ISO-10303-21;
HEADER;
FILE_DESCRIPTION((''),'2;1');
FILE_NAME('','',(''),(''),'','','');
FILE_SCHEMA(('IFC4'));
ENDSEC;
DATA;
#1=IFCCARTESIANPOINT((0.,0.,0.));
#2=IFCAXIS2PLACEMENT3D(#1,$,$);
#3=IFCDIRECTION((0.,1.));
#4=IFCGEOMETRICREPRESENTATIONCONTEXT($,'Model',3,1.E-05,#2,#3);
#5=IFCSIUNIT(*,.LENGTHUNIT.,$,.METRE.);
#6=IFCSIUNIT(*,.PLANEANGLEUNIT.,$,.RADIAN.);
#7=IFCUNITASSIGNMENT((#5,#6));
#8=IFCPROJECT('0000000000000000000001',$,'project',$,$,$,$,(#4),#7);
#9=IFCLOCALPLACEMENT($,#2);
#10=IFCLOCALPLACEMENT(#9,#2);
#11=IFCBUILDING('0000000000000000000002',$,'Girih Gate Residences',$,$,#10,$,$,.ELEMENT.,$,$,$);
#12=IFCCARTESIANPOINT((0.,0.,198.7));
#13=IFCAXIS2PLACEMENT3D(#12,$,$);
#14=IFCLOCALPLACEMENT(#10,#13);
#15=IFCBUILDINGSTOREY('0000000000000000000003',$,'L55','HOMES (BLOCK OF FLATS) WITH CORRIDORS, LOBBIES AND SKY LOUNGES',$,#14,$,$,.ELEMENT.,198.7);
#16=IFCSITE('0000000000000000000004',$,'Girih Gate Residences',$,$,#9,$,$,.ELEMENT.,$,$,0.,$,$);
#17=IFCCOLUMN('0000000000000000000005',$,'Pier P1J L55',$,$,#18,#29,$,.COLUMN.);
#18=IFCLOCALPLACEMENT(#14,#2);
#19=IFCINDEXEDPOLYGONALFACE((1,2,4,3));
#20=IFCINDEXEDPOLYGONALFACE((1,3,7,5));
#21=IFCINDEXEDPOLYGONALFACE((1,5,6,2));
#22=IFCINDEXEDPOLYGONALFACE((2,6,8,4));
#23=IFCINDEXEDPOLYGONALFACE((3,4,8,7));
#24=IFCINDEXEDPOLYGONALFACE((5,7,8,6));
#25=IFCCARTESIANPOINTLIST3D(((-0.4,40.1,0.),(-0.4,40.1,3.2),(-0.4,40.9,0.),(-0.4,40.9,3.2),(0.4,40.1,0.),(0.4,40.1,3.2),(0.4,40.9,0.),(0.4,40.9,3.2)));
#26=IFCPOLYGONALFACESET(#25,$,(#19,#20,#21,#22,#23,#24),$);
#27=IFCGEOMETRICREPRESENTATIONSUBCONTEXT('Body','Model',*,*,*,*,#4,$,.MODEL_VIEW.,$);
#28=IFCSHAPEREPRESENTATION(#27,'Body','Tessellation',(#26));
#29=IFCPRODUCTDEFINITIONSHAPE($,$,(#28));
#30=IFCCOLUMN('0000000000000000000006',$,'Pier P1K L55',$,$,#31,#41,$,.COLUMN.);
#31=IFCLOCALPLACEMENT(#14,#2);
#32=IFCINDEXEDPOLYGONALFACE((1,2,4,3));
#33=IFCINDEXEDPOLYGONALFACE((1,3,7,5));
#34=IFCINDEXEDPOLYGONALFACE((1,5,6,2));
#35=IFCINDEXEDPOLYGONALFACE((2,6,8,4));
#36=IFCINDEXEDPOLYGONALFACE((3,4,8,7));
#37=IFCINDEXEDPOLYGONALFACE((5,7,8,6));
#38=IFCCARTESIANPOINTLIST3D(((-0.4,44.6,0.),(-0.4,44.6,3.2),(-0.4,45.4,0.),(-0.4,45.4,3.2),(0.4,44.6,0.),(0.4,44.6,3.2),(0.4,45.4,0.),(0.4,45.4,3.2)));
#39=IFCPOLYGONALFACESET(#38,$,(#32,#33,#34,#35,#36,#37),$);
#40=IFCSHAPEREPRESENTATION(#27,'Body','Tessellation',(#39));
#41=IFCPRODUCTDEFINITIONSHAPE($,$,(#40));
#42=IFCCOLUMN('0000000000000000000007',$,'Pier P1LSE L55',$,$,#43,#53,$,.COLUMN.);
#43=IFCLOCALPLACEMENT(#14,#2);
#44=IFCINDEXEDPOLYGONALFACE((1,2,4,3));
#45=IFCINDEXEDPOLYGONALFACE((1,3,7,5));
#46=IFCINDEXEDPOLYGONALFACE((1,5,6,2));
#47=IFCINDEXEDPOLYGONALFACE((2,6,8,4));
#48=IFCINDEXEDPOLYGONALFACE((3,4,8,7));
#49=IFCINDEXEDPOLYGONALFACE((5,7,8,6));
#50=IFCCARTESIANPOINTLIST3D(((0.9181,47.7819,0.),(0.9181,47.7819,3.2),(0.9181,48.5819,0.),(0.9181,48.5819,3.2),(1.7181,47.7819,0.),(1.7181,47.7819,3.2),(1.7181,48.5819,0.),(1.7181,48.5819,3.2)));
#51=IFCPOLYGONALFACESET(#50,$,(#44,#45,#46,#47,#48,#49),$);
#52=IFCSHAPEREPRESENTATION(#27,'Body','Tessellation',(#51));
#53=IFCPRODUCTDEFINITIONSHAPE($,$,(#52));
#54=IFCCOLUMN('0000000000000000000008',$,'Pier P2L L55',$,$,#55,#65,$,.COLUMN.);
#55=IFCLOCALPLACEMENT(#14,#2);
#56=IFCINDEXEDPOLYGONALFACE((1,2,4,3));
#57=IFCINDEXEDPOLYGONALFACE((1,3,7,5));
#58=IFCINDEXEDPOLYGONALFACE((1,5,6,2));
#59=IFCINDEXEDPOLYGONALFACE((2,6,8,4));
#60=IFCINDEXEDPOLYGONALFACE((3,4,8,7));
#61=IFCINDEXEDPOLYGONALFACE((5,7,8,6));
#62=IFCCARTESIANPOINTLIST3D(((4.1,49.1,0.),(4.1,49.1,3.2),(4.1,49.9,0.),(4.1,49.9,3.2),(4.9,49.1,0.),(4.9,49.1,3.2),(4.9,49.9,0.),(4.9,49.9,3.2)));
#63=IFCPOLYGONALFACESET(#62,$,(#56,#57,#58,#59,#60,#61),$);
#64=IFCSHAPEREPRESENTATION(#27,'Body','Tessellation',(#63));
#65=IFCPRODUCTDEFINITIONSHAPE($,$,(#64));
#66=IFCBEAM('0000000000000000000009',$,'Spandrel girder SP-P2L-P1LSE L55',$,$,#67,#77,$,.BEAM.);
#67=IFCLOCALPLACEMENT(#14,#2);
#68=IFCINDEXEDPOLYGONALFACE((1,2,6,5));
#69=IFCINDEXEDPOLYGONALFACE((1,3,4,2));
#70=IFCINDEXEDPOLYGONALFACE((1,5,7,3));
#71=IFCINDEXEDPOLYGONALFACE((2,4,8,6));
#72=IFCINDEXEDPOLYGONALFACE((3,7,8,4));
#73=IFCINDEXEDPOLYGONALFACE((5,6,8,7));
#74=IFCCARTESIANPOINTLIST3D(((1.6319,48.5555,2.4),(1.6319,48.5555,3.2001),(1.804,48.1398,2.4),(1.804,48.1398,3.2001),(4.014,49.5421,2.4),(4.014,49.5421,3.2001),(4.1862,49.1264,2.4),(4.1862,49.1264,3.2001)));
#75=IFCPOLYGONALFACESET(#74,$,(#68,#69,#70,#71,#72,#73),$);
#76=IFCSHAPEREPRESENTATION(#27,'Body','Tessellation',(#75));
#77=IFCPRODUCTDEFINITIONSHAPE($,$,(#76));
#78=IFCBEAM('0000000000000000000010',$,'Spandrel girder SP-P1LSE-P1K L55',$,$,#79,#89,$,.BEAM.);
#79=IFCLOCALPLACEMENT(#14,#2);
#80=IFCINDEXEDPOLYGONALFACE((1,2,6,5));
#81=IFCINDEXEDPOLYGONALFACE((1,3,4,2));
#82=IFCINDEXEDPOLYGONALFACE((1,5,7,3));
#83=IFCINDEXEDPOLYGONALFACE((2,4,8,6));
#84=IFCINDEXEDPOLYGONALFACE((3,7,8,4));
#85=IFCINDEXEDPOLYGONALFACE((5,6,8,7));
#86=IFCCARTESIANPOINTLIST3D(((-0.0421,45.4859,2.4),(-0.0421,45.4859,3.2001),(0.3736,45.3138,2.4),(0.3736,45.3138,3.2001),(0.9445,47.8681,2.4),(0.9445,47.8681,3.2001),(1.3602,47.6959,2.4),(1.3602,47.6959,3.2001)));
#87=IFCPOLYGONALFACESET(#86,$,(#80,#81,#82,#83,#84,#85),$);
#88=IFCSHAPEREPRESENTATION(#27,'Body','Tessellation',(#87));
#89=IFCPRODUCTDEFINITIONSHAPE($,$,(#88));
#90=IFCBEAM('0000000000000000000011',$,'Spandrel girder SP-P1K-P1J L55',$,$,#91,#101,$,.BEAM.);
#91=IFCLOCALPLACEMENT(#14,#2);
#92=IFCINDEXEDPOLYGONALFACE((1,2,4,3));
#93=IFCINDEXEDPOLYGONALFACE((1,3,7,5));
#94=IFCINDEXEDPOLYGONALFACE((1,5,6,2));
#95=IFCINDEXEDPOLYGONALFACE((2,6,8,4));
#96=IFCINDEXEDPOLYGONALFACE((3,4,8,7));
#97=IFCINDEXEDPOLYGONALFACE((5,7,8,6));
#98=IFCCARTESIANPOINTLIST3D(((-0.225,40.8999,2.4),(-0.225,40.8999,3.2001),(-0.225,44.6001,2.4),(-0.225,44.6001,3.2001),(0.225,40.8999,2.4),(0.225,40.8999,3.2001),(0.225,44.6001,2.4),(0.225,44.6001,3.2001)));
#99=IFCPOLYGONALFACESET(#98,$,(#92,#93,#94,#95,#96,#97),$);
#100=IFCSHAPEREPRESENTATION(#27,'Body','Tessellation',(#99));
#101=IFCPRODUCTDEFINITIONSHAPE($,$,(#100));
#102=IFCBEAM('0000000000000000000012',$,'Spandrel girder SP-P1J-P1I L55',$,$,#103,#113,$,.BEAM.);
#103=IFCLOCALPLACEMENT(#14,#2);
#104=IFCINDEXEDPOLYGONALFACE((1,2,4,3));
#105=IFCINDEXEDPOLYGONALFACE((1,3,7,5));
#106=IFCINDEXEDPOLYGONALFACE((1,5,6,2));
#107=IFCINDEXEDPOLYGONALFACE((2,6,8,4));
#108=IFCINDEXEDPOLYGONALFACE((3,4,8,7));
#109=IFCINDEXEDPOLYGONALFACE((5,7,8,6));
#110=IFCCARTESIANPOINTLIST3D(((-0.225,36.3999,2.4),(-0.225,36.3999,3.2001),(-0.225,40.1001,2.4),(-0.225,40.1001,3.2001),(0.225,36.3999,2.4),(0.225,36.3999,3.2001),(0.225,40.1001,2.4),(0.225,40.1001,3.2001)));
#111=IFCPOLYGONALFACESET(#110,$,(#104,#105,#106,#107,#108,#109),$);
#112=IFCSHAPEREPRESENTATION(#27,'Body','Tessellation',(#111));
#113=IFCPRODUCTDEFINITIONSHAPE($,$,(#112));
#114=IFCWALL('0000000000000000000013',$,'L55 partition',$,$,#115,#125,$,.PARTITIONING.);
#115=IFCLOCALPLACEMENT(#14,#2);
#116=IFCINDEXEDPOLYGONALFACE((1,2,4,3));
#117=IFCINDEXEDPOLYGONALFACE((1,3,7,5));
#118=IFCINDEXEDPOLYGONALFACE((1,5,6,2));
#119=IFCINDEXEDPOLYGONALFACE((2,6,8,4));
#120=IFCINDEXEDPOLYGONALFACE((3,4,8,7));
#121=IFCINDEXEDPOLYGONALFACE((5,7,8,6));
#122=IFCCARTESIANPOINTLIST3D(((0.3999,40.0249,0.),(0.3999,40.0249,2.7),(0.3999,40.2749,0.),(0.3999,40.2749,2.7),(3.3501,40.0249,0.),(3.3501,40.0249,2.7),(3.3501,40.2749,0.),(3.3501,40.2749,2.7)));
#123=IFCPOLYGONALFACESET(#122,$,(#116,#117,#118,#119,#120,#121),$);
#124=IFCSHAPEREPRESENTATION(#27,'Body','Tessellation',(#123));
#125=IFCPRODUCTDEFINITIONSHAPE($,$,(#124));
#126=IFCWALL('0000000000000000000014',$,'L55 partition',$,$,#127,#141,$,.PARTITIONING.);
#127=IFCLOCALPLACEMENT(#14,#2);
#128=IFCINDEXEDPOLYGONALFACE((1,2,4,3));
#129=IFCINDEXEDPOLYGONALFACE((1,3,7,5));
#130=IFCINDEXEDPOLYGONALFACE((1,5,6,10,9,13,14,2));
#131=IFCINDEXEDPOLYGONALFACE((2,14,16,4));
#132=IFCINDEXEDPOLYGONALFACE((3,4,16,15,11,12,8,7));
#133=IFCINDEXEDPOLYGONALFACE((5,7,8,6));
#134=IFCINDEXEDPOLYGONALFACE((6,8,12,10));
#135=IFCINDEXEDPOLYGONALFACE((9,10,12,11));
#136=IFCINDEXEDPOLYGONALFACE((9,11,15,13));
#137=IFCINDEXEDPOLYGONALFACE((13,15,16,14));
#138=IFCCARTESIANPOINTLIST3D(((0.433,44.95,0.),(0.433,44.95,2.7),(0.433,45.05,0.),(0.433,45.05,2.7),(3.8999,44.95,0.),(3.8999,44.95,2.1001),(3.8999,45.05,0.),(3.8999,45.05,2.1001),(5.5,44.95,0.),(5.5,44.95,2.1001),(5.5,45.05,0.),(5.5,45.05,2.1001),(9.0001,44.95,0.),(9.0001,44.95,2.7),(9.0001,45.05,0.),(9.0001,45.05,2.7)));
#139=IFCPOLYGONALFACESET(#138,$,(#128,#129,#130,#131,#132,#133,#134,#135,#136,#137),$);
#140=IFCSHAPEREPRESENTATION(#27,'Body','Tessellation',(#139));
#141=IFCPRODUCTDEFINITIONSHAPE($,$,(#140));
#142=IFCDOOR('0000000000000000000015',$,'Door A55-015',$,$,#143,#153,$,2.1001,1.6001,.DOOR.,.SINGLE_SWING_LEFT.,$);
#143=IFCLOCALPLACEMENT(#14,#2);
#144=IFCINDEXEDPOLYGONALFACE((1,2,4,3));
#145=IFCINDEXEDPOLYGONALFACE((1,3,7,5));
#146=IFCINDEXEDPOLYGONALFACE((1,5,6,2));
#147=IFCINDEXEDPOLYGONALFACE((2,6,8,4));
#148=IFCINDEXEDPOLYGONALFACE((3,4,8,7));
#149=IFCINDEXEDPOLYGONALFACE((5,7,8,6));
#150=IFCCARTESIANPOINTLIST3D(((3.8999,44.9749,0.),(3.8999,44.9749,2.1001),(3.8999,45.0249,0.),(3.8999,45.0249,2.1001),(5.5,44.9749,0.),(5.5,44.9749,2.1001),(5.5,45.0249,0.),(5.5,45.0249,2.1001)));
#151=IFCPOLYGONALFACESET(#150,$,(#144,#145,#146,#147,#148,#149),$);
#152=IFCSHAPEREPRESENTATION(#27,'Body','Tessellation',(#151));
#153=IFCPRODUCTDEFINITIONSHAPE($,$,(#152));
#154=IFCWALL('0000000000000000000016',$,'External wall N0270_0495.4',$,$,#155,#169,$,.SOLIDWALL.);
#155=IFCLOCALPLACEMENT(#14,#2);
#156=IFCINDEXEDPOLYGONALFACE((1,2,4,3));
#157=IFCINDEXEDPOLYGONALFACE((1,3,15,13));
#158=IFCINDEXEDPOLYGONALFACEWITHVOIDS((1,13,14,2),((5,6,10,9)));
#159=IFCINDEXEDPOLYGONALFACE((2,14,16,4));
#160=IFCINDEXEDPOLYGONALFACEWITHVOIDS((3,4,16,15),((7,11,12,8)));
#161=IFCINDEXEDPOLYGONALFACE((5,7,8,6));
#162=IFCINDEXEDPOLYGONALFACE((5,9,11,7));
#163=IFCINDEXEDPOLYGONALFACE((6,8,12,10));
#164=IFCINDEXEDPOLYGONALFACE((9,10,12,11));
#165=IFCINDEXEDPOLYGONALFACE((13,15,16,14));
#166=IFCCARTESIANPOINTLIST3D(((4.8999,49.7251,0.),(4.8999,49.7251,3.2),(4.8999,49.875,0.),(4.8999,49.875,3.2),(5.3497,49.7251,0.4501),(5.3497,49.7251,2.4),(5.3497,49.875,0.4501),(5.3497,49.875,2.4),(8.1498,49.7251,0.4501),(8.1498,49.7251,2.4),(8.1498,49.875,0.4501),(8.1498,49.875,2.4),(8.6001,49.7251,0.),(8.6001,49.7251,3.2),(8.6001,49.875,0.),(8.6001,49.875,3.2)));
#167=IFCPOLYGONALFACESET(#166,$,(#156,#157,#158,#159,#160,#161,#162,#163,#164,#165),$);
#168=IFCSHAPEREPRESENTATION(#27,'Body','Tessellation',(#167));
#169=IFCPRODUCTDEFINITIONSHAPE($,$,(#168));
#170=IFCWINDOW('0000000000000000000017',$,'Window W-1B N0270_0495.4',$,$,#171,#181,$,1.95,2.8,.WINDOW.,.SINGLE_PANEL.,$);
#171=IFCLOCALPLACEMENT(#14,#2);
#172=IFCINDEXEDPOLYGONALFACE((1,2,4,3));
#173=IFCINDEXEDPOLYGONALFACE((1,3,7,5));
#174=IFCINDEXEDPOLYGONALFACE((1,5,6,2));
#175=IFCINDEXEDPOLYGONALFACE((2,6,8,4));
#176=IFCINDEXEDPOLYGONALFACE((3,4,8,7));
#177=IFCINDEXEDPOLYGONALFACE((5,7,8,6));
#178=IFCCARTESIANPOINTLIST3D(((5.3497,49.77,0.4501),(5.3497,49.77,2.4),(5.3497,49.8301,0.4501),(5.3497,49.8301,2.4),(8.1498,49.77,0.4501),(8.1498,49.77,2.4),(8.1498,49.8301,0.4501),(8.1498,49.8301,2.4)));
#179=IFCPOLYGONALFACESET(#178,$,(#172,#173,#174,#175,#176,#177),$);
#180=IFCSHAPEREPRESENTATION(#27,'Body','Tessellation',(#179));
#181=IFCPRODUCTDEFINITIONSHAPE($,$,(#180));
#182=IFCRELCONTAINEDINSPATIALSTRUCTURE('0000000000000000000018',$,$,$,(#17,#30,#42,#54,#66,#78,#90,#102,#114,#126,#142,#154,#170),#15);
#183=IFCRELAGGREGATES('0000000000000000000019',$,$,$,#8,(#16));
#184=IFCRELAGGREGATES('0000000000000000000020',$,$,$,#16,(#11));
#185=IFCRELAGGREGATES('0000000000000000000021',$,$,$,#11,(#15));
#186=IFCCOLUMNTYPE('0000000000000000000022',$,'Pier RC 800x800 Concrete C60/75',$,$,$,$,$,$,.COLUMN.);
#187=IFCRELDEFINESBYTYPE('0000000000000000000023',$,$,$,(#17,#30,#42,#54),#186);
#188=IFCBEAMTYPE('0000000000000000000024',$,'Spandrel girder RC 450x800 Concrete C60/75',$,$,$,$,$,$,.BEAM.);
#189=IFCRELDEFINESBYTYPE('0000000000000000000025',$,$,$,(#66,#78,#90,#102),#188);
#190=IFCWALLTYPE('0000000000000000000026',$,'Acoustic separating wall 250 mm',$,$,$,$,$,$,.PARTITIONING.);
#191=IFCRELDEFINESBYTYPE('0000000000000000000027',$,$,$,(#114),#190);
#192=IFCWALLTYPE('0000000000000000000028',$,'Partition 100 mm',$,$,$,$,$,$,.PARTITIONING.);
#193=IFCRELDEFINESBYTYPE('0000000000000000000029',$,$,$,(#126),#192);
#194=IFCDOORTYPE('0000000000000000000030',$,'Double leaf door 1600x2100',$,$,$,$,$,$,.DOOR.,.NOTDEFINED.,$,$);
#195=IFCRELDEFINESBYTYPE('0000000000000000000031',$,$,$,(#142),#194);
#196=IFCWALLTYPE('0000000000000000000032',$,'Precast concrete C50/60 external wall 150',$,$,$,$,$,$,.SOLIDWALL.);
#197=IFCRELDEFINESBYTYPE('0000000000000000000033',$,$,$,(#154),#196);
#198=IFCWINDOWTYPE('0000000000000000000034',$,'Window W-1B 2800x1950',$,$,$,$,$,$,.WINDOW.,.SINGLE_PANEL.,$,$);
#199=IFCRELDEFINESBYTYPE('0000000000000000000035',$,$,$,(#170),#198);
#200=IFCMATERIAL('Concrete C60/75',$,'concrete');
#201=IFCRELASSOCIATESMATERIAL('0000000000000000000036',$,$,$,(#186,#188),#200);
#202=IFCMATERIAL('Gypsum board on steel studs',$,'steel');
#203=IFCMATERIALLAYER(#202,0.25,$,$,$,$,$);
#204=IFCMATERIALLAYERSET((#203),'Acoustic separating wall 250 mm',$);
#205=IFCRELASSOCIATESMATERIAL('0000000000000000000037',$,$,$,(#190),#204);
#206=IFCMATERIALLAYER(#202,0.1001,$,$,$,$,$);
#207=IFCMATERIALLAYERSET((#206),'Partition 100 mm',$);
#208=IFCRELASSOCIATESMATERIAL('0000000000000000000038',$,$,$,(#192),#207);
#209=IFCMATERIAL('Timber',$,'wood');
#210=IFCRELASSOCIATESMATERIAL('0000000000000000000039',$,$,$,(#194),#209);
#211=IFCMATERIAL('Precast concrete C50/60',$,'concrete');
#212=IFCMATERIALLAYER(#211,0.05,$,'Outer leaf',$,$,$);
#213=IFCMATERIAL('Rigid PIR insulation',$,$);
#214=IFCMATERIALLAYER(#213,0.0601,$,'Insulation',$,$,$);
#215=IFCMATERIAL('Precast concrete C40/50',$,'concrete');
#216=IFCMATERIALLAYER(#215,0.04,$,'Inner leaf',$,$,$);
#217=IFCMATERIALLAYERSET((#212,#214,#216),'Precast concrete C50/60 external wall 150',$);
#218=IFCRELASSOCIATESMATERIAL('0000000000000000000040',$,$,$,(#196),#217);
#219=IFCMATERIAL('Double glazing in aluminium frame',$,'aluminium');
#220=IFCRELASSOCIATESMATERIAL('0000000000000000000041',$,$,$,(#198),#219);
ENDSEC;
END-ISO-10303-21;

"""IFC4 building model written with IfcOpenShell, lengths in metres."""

from ifc_helpers import new_model, si_unit, direction, frame, frame_2d, origin, origin_2d, place, context, subcontext, project, spatial, rectangle, extrude, material, layer, layer_set, material_profile, profile_set, type_object, element, fill, save


model = new_model("IFC4")

# Units and contexts
model_context = context("Model", 3, precision=1e-05, world=origin(), true_north=direction((0.0, 1.0)))
body_context = subcontext(model_context, "Body", "Model", "MODEL_VIEW")
ifc_project = project(units=[si_unit("LENGTHUNIT", "METRE"), si_unit("PLANEANGLEUNIT", "RADIAN")], contexts=[model_context])

# Site, building, storey
site_placement = place(None, origin())
site = spatial("IfcSite", under=ifc_project, at=site_placement, Name="Girih Gate Residences", CompositionType="ELEMENT", RefElevation=0.0)
building_placement = place(site_placement, origin())
building = spatial("IfcBuilding", under=site, at=building_placement, Name="Girih Gate Residences", CompositionType="ELEMENT")
storey_placement = place(building_placement, frame((0.0, 0.0, 198.7)))
storey = spatial("IfcBuildingStorey", under=building, at=storey_placement, Name="L55", Description="HOMES (BLOCK OF FLATS) WITH CORRIDORS, LOBBIES AND SKY LOUNGES", CompositionType="ELEMENT", Elevation=198.7)

# Columns
ifc_material_1 = material(Name="Concrete C60/75", Category="concrete")
ifc_material_profile_1 = material_profile(ifc_material_1, rectangle(XDim=0.8, YDim=0.8, at=origin_2d()))
ifc_profile_set_1 = profile_set([ifc_material_profile_1], Name="Concrete C60/75")
column_type = type_object("IfcColumnType", Name="Pier RC 800x800 Concrete C60/75", PredefinedType="COLUMN", material=ifc_profile_set_1)
for number, where, z_axis, x_axis, name in (
    (1, (0.0, 40.5, 0.0), (0.0, 0.0, 1.0), (1.0, 0.0, 0.0), "Pier P1J L55"),
    (2, (0.0, 45.0, 0.0), (0.0, 0.0, 1.0), (1.0, 0.0, 0.0), "Pier P1K L55"),
    (3, (1.3181, 48.1819, 0.0), (0.0, 0.0, 1.0), (1.0, 0.0, 0.0), "Pier P1LSE L55"),
    (4, (4.5, 49.5, 0.0), (0.0, 0.0, 1.0), (1.0, 0.0, 0.0), "Pier P2L L55"),
):
    element("IfcColumn", number, at=place(storey_placement, frame(where, z_axis=z_axis, x_axis=x_axis)), inside=storey, type_object=column_type, Name=name, PredefinedType="COLUMN", context=body_context, shape_type="SweptSolid", body=[
        extrude(rectangle(XDim=0.8, YDim=0.8, at=origin_2d()), origin(), (0.0, 0.0, 1.0), 3.2),
    ])

# Beams
ifc_material_profile_2 = material_profile(ifc_material_1, rectangle(XDim=0.45, YDim=0.8, at=origin_2d()))
ifc_profile_set_2 = profile_set([ifc_material_profile_2], Name="Concrete C60/75")
beam_type = type_object("IfcBeamType", Name="Spandrel girder RC 450x800 Concrete C60/75", PredefinedType="BEAM", material=ifc_profile_set_2)
for number, where, z_axis, x_axis, name in (
    (5, (4.1001, 49.3342, 2.8), (-0.923896, -0.382644, 0.0), (0.382644, -0.923896, 0.0), "Spandrel girder SP-P2L-P1LSE L55"),
    (6, (1.1523, 47.782, 2.8), (-0.382644, -0.923896, 0.0), (0.923896, -0.382644, 0.0), "Spandrel girder SP-P1LSE-P1K L55"),
):
    element("IfcBeam", number, at=place(storey_placement, frame(where, z_axis=z_axis, x_axis=x_axis)), inside=storey, type_object=beam_type, Name=name, PredefinedType="BEAM", context=body_context, shape_type="SweptSolid", body=[
        extrude(rectangle(XDim=0.45, YDim=0.8, at=origin_2d()), origin(), (0.0, 0.0, 1.0), 2.5784),
    ])
for number, where, z_axis, x_axis, name in (
    (7, (0.0, 44.6001, 2.8), (0.0, -1.0, 0.0), (1.0, 0.0, 0.0), "Spandrel girder SP-P1K-P1J L55"),
    (8, (0.0, 40.1001, 2.8), (0.0, -1.0, 0.0), (1.0, 0.0, 0.0), "Spandrel girder SP-P1J-P1I L55"),
):
    element("IfcBeam", number, at=place(storey_placement, frame(where, z_axis=z_axis, x_axis=x_axis)), inside=storey, type_object=beam_type, Name=name, PredefinedType="BEAM", context=body_context, shape_type="SweptSolid", body=[
        extrude(rectangle(XDim=0.45, YDim=0.8, at=origin_2d()), origin(), (0.0, 0.0, 1.0), 3.7002),
    ])

# Wall
ifc_material_2 = material(Name="Gypsum board on steel studs", Category="steel")
ifc_layer_1 = layer(ifc_material_2, 0.25)
ifc_layer_set_1 = layer_set([ifc_layer_1], Name="Acoustic separating wall 250 mm")
wall_type_1 = type_object("IfcWallType", Name="Acoustic separating wall 250 mm", PredefinedType="PARTITIONING", material=ifc_layer_set_1)
wall_1_placement = place(storey_placement, frame((0.3999, 40.1499, 0.0), z_axis=(0.0, 0.0, 1.0), x_axis=(1.0, 0.0, 0.0)))
element("IfcWall", 9, at=wall_1_placement, inside=storey, type_object=wall_type_1, Name="L55 partition", PredefinedType="PARTITIONING", context=body_context, shape_type="SweptSolid", body=[
    extrude(rectangle(XDim=2.9502, YDim=0.25, at=frame_2d((1.4751, 0.0))), origin(), (0.0, 0.0, 1.0), 2.7),
])

# Wall, opening, door
ifc_layer_2 = layer(ifc_material_2, 0.1001)
ifc_layer_set_2 = layer_set([ifc_layer_2], Name="Partition 100 mm")
wall_type_2 = type_object("IfcWallType", Name="Partition 100 mm", PredefinedType="PARTITIONING", material=ifc_layer_set_2)
wall_2_placement = place(storey_placement, frame((0.4329, 45.0, 0.0), z_axis=(0.0, 0.0, 1.0), x_axis=(1.0, 0.0, 0.0)))
wall_2 = element("IfcWall", 10, at=wall_2_placement, inside=storey, type_object=wall_type_2, Name="L55 partition", PredefinedType="PARTITIONING", context=body_context, shape_type="SweptSolid", body=[
    extrude(rectangle(XDim=8.5671, YDim=0.1001, at=frame_2d((4.2837, 0.0))), origin(), (0.0, 0.0, 1.0), 2.7),
])
opening_1_placement = place(wall_2_placement, frame((3.467, 0.0, 0.0)))
opening_1 = element("IfcOpeningElement", 11, at=opening_1_placement, cuts=wall_2, PredefinedType="OPENING", context=body_context, shape_type="SweptSolid", body=[
    extrude(rectangle(XDim=1.6001, YDim=2.1001, at=frame_2d((0.8, 1.05))), frame((0.0, 0.0601, 0.0), z_axis=(0.0, -1.0, 0.0), x_axis=(1.0, 0.0, 0.0)), (0.0, 0.0, 1.0), 0.1201),
])
ifc_material_3 = material(Name="Timber", Category="wood")
door_type_1 = type_object("IfcDoorType", Name="Double leaf door 1600x2100", OperationType="NOTDEFINED", PredefinedType="DOOR", material=ifc_material_3)
door_1_placement = place(opening_1_placement, origin())
door_1 = element("IfcDoor", 12, at=door_1_placement, inside=storey, type_object=door_type_1, Name="Door A55-015", OperationType="SINGLE_SWING_LEFT", OverallHeight=2.1001, OverallWidth=1.6001, PredefinedType="DOOR", context=body_context, shape_type="SweptSolid", body=[
    extrude(rectangle(XDim=1.6001, YDim=2.1001, at=frame_2d((0.8, 1.05))), frame((0.0, 0.0249, 0.0), z_axis=(0.0, -1.0, 0.0), x_axis=(1.0, 0.0, 0.0)), (0.0, 0.0, 1.0), 0.05),
])
fill(opening_1, door_1)

# Wall, opening, window
ifc_material_4 = material(Name="Precast concrete C50/60", Category="concrete")
ifc_layer_3 = layer(ifc_material_4, 0.05, Name="Outer leaf")
ifc_material_5 = material(Name="Rigid PIR insulation")
ifc_layer_4 = layer(ifc_material_5, 0.0601, Name="Insulation")
ifc_material_6 = material(Name="Precast concrete C40/50", Category="concrete")
ifc_layer_5 = layer(ifc_material_6, 0.04, Name="Inner leaf")
ifc_layer_set_3 = layer_set([ifc_layer_3, ifc_layer_4, ifc_layer_5], Name="Precast concrete C50/60 external wall 150")
wall_type_3 = type_object("IfcWallType", Name="Precast concrete C50/60 external wall 150", PredefinedType="SOLIDWALL", material=ifc_layer_set_3)
wall_3_placement = place(storey_placement, frame((4.8999, 49.8, 0.0), z_axis=(0.0, 0.0, 1.0), x_axis=(1.0, 0.0, 0.0)))
wall_3 = element("IfcWall", 13, at=wall_3_placement, inside=storey, type_object=wall_type_3, Name="External wall N0270_0495.4", PredefinedType="SOLIDWALL", context=body_context, shape_type="SweptSolid", body=[
    extrude(rectangle(XDim=3.7002, YDim=0.1499, at=frame_2d((1.8501, 0.0))), origin(), (0.0, 0.0, 1.0), 3.2),
])
opening_2_placement = place(wall_3_placement, frame((0.45, 0.0, 0.45)))
opening_2 = element("IfcOpeningElement", 14, at=opening_2_placement, cuts=wall_3, PredefinedType="OPENING", context=body_context, shape_type="SweptSolid", body=[
    extrude(rectangle(XDim=2.8, YDim=1.95, at=frame_2d((1.3999, 0.9751))), frame((0.0, 0.085, 0.0), z_axis=(0.0, -1.0, 0.0), x_axis=(1.0, 0.0, 0.0)), (0.0, 0.0, 1.0), 0.1699),
])
ifc_material_7 = material(Name="Double glazing in aluminium frame", Category="aluminium")
window_type_1 = type_object("IfcWindowType", Name="Window W-1B 2800x1950", PartitioningType="SINGLE_PANEL", PredefinedType="WINDOW", material=ifc_material_7)
window_1_placement = place(opening_2_placement, origin())
window_1 = element("IfcWindow", 15, at=window_1_placement, inside=storey, type_object=window_type_1, Name="Window W-1B N0270_0495.4", OverallHeight=1.95, OverallWidth=2.8, PartitioningType="SINGLE_PANEL", PredefinedType="WINDOW", context=body_context, shape_type="SweptSolid", body=[
    extrude(rectangle(XDim=2.8, YDim=1.95, at=frame_2d((1.3999, 0.9751))), frame((0.0, 0.03, 0.0), z_axis=(0.0, -1.0, 0.0), x_axis=(1.0, 0.0, 0.0)), (0.0, 0.0, 1.0), 0.0601),
])
fill(opening_2, window_1)

save(model, "model.ifc")
